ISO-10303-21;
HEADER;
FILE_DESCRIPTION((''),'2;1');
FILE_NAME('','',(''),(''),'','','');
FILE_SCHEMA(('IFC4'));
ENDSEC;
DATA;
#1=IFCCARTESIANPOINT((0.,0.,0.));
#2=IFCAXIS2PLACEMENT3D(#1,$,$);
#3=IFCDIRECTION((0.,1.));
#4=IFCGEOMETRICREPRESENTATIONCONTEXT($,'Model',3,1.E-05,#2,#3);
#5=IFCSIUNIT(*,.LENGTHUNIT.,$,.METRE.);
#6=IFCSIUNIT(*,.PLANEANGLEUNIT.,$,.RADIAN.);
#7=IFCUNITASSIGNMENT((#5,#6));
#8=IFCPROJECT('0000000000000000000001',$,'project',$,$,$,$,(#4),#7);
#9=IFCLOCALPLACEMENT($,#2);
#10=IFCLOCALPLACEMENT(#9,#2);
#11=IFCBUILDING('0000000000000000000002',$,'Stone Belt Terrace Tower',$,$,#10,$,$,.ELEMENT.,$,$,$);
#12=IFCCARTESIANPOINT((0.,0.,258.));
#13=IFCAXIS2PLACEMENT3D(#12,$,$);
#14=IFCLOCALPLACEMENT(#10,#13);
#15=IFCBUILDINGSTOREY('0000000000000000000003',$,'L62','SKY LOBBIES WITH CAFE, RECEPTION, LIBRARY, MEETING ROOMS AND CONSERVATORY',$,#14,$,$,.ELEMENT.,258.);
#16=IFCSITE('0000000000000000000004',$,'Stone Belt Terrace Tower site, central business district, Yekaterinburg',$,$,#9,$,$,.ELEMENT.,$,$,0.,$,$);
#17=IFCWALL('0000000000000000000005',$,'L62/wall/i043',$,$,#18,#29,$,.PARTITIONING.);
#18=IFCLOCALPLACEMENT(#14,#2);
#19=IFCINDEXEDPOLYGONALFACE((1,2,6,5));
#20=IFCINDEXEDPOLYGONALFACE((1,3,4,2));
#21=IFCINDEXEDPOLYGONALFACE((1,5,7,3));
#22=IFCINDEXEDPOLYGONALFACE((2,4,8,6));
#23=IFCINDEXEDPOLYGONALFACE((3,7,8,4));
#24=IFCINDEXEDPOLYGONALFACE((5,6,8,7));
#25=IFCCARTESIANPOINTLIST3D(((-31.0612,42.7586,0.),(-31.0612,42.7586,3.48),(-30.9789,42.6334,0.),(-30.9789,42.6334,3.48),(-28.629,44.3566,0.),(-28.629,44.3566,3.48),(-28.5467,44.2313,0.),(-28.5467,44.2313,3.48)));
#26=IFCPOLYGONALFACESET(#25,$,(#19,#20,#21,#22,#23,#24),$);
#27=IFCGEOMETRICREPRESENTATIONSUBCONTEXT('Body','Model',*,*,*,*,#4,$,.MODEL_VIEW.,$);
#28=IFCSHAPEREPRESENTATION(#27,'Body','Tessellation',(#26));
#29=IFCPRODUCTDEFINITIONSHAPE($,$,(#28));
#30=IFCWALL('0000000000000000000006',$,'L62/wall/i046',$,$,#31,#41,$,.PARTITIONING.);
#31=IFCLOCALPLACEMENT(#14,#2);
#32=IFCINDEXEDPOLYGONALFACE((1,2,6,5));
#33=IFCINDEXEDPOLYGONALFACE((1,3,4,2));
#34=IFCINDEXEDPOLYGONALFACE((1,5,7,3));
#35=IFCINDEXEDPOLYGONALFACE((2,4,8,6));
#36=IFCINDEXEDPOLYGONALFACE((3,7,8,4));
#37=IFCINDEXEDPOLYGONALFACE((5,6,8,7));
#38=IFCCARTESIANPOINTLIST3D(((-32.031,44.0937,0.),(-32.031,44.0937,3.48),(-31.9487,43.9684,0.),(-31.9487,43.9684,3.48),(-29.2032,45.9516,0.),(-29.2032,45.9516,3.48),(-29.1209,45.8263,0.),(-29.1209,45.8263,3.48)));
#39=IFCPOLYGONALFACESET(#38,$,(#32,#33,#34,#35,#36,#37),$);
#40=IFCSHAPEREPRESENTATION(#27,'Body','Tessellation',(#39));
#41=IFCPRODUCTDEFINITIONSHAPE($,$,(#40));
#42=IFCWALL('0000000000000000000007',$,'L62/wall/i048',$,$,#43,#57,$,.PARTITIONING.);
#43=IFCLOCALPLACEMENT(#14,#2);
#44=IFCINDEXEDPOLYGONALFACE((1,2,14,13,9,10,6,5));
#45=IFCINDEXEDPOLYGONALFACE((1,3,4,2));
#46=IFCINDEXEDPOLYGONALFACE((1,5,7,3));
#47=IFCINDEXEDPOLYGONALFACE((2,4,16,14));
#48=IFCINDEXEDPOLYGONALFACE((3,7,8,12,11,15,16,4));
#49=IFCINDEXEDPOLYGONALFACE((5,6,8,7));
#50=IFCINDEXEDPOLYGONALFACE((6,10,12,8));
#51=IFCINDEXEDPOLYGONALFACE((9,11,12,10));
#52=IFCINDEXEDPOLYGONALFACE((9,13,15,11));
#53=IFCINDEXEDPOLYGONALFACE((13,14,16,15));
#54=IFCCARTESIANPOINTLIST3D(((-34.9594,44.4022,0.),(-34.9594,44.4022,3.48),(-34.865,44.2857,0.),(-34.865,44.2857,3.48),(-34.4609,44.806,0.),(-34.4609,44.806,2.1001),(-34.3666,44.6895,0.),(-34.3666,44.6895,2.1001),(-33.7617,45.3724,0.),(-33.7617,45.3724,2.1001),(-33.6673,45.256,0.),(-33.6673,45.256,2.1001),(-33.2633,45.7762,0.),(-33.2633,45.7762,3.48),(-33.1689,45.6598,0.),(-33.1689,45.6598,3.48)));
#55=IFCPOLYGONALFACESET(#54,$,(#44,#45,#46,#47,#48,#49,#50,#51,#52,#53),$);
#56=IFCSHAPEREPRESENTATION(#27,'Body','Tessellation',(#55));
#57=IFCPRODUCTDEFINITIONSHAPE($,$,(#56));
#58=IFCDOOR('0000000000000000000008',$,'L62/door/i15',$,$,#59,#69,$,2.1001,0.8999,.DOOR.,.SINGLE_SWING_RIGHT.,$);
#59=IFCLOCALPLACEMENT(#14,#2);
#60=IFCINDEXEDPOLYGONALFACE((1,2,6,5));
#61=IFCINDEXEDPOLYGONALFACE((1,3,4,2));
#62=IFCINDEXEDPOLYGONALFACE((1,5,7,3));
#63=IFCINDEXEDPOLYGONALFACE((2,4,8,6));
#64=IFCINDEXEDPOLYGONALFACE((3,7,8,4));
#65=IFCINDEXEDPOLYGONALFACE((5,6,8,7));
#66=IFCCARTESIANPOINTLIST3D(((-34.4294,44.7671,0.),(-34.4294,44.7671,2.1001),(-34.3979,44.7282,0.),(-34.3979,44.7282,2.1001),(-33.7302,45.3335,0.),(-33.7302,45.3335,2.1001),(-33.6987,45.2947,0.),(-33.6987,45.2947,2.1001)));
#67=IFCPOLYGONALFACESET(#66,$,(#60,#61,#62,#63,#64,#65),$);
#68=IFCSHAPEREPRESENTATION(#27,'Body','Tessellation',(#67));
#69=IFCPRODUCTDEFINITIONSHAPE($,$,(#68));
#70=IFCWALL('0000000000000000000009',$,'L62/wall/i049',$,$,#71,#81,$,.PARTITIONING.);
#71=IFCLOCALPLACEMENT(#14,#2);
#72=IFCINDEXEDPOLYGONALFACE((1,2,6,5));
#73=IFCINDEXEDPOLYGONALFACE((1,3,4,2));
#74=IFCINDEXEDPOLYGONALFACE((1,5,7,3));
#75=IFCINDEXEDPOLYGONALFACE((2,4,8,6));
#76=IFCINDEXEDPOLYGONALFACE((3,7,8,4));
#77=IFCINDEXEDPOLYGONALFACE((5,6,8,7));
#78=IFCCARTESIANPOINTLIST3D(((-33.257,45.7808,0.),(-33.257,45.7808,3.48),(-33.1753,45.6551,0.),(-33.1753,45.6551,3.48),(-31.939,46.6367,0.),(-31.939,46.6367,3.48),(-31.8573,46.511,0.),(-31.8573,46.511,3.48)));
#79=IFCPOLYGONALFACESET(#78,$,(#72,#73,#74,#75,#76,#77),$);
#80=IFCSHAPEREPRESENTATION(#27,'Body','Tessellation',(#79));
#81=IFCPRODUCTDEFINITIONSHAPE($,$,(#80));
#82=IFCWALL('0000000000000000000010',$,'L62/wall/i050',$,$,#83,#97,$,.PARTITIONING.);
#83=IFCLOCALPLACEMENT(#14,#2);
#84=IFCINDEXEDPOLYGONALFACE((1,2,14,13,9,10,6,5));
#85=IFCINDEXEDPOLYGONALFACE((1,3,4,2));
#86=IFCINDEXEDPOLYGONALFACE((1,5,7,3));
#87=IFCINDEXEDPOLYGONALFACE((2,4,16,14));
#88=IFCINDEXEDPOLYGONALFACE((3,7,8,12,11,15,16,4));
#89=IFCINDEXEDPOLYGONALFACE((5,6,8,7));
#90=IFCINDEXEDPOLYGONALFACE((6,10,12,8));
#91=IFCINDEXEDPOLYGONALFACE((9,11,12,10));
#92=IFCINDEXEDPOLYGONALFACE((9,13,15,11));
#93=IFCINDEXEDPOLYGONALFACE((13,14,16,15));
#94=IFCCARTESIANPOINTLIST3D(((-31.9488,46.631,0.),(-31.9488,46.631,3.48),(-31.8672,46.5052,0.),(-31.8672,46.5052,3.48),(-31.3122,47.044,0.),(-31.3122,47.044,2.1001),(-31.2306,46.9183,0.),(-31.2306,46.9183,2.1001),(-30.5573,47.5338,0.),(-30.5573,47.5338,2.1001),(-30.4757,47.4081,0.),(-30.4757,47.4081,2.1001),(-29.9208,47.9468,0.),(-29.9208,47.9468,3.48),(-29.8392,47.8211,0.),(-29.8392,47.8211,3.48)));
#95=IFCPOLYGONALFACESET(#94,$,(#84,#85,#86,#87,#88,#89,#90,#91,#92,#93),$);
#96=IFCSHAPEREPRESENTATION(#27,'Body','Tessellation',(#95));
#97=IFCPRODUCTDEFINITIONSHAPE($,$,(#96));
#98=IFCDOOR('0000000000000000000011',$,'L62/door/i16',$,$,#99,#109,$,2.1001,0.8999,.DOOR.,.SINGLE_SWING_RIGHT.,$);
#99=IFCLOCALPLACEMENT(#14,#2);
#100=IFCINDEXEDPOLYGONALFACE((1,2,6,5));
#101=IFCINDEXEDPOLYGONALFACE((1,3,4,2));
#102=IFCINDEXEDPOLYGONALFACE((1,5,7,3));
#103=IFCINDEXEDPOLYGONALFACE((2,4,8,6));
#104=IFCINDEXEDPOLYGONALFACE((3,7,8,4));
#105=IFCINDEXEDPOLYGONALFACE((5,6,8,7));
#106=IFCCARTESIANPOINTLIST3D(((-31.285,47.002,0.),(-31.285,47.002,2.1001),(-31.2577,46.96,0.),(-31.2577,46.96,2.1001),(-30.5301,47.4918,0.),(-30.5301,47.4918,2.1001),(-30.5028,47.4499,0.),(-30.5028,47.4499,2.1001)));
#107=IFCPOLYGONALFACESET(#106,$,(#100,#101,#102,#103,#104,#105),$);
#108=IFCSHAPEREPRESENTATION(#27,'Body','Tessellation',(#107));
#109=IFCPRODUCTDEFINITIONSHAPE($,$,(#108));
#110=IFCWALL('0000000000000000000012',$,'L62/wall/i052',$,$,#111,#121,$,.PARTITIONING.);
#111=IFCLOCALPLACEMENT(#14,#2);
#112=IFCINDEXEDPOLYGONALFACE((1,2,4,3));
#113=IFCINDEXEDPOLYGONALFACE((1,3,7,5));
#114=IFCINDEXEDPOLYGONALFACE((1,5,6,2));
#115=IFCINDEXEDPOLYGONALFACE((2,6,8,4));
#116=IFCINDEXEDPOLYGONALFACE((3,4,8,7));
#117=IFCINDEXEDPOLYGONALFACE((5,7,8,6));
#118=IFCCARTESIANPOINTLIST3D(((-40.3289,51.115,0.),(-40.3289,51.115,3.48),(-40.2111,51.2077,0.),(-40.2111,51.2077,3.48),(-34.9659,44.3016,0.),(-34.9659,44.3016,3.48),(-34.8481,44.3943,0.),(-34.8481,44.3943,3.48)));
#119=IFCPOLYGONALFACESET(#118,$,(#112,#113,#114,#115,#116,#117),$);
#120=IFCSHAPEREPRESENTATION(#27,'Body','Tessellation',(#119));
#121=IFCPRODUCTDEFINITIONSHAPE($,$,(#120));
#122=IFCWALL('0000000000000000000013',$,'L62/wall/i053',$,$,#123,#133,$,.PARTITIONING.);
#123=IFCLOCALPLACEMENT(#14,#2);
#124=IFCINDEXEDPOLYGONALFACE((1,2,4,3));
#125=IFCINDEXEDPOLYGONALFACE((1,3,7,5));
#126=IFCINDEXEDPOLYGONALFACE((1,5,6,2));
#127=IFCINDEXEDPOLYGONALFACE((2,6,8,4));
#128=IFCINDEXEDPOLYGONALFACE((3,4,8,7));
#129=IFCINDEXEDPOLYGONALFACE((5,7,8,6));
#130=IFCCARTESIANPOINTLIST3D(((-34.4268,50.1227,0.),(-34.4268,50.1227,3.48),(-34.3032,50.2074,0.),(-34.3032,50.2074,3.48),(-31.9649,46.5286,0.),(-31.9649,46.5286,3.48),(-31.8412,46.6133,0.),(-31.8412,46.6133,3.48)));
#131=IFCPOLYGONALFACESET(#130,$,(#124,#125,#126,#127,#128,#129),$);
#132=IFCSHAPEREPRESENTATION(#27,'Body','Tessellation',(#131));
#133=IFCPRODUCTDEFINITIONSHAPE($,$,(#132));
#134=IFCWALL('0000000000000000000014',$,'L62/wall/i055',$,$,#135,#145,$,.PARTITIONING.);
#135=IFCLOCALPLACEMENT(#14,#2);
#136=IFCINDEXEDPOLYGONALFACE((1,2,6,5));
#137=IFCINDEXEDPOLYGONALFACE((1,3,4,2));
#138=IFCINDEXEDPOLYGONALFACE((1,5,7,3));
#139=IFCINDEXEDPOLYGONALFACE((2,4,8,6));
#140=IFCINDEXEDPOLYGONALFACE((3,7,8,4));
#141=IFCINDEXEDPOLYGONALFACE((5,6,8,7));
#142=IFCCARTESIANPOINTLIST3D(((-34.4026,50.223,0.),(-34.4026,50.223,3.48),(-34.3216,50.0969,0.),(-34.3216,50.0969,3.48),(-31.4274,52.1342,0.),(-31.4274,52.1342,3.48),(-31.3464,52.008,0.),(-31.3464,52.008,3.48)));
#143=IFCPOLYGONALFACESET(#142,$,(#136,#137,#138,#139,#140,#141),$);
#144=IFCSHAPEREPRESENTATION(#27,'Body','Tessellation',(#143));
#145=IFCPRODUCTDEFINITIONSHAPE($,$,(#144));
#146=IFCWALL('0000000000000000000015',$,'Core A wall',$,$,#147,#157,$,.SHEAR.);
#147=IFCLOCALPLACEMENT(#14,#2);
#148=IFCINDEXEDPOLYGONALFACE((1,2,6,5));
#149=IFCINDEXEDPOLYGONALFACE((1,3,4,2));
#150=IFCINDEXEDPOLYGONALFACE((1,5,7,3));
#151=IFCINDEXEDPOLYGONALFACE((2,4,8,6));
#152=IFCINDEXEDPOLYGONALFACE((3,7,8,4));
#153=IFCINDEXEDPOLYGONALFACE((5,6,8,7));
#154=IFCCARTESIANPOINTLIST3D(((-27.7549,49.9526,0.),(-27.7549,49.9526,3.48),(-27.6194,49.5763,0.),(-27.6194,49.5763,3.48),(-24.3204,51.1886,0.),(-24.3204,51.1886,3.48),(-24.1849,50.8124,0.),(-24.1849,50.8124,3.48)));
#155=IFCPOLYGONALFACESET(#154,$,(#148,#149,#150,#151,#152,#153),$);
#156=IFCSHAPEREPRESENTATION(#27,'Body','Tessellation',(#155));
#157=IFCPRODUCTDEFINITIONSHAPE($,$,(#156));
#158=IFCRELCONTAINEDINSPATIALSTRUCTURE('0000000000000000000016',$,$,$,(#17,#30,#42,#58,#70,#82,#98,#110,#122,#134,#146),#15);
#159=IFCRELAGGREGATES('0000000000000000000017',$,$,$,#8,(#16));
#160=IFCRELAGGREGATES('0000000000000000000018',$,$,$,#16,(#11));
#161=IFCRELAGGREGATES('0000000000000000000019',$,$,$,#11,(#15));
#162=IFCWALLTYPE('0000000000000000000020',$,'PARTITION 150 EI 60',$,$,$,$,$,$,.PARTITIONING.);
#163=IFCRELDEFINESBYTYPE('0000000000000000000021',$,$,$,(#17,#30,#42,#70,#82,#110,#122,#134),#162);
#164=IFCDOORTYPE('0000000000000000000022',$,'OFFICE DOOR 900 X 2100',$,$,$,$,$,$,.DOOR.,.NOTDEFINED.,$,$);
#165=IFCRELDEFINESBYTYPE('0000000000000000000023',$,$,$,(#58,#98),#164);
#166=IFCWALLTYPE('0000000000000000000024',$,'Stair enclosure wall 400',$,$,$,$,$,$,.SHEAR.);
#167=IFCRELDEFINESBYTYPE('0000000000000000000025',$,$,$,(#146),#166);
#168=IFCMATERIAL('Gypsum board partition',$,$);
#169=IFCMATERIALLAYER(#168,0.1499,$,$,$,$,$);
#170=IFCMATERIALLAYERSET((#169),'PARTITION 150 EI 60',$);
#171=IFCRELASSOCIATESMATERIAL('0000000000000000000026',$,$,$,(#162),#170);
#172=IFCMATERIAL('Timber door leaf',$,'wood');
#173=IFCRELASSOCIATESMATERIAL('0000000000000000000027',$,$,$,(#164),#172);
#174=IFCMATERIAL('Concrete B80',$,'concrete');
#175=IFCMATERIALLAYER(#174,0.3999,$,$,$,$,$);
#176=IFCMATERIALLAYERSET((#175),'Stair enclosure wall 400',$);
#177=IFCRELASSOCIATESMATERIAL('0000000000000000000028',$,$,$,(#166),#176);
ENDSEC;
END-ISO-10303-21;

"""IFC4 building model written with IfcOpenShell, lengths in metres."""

from ifc_helpers import new_model, si_unit, direction, frame, frame_2d, origin, place, context, subcontext, project, spatial, rectangle, extrude, material, layer, layer_set, type_object, element, fill, save


model = new_model("IFC4")

# Units and contexts
model_context = context("Model", 3, precision=1e-05, world=origin(), true_north=direction((0.0, 1.0)))
body_context = subcontext(model_context, "Body", "Model", "MODEL_VIEW")
ifc_project = project(units=[si_unit("LENGTHUNIT", "METRE"), si_unit("PLANEANGLEUNIT", "RADIAN")], contexts=[model_context])

# Site, building, storey
site_placement = place(None, origin())
site = spatial("IfcSite", under=ifc_project, at=site_placement, Name="Stone Belt Terrace Tower site, central business district, Yekaterinburg", CompositionType="ELEMENT", RefElevation=0.0)
building_placement = place(site_placement, origin())
building = spatial("IfcBuilding", under=site, at=building_placement, Name="Stone Belt Terrace Tower", CompositionType="ELEMENT")
storey_placement = place(building_placement, frame((0.0, 0.0, 258.0)))
storey = spatial("IfcBuildingStorey", under=building, at=storey_placement, Name="L62", Description="SKY LOBBIES WITH CAFE, RECEPTION, LIBRARY, MEETING ROOMS AND CONSERVATORY", CompositionType="ELEMENT", Elevation=258.0)

# Shared definitions
ifc_material_1 = material(Name="Timber door leaf", Category="wood")

# Walls
ifc_material_2 = material(Name="Gypsum board partition")
ifc_layer_1 = layer(ifc_material_2, 0.1499)
ifc_layer_set_1 = layer_set([ifc_layer_1], Name="PARTITION 150 EI 60")
wall_type_1 = type_object("IfcWallType", Name="PARTITION 150 EI 60", PredefinedType="PARTITIONING", material=ifc_layer_set_1)
wall_1_placement = place(storey_placement, frame((-28.5879, 44.2939, 0.0), z_axis=(0.0, 0.0, 1.0), x_axis=(-0.835762, -0.549093, 0.0)))
element("IfcWall", 1, at=wall_1_placement, inside=storey, type_object=wall_type_1, Name="L62/wall/i043", PredefinedType="PARTITIONING", context=body_context, shape_type="SweptSolid", body=[
    extrude(rectangle(XDim=2.9102, YDim=0.1499, at=frame_2d((1.4551, 0.0))), origin(), (0.0, 0.0, 1.0), 3.48),
])
wall_2_placement = place(storey_placement, frame((-31.99, 44.031, 0.0), z_axis=(0.0, 0.0, 1.0), x_axis=(0.835761, 0.549093, 0.0)))
element("IfcWall", 2, at=wall_2_placement, inside=storey, type_object=wall_type_1, Name="L62/wall/i046", PredefinedType="PARTITIONING", context=body_context, shape_type="SweptSolid", body=[
    extrude(rectangle(XDim=3.3835, YDim=0.1499, at=frame_2d((1.6919, 0.0))), origin(), (0.0, 0.0, 1.0), 3.48),
])

# Wall, opening, door
wall_3_placement = place(storey_placement, frame((-34.9121, 44.344, 0.0), z_axis=(0.0, 0.0, 1.0), x_axis=(0.777013, 0.629485, 0.0)))
wall_3 = element("IfcWall", 3, at=wall_3_placement, inside=storey, type_object=wall_type_1, Name="L62/wall/i048", PredefinedType="PARTITIONING", context=body_context, shape_type="SweptSolid", body=[
    extrude(rectangle(XDim=2.1829, YDim=0.1499, at=frame_2d((1.0913, 0.0))), origin(), (0.0, 0.0, 1.0), 3.48),
])
opening_1_placement = place(wall_3_placement, frame((0.6414, 0.0, 0.0)))
opening_1 = element("IfcOpeningElement", 4, at=opening_1_placement, cuts=wall_3, PredefinedType="OPENING", context=body_context, shape_type="SweptSolid", body=[
    extrude(rectangle(XDim=0.8999, YDim=2.1001, at=frame_2d((0.45, 1.05))), frame((0.0, 0.085, 0.0), z_axis=(0.0, -1.0, 0.0), x_axis=(1.0, 0.0, 0.0)), (0.0, 0.0, 1.0), 0.1699),
])
door_type_1 = type_object("IfcDoorType", Name="OFFICE DOOR 900 X 2100", OperationType="NOTDEFINED", PredefinedType="DOOR", material=ifc_material_1)
door_1_placement = place(opening_1_placement, origin())
door_1 = element("IfcDoor", 5, at=door_1_placement, inside=storey, type_object=door_type_1, Name="L62/door/i15", OperationType="SINGLE_SWING_RIGHT", OverallHeight=2.1001, OverallWidth=0.8999, PredefinedType="DOOR", context=body_context, shape_type="SweptSolid", body=[
    extrude(rectangle(XDim=0.8999, YDim=2.1001, at=frame_2d((0.45, 1.05))), frame((0.0, 0.0249, 0.0), z_axis=(0.0, -1.0, 0.0), x_axis=(1.0, 0.0, 0.0)), (0.0, 0.0, 1.0), 0.05),
])
fill(opening_1, door_1)

# Wall
wall_4_placement = place(storey_placement, frame((-33.2161, 45.718, 0.0), z_axis=(0.0, 0.0, 1.0), x_axis=(0.838681, 0.544622, 0.0)))
element("IfcWall", 6, at=wall_4_placement, inside=storey, type_object=wall_type_1, Name="L62/wall/i049", PredefinedType="PARTITIONING", context=body_context, shape_type="SweptSolid", body=[
    extrude(rectangle(XDim=1.5715, YDim=0.1499, at=frame_2d((0.7856, 0.0))), origin(), (0.0, 0.0, 1.0), 3.48),
])

# Wall, opening, door
wall_5_placement = place(storey_placement, frame((-31.908, 46.5681, 0.0), z_axis=(0.0, 0.0, 1.0), x_axis=(0.838884, 0.54431, 0.0)))
wall_5 = element("IfcWall", 7, at=wall_5_placement, inside=storey, type_object=wall_type_1, Name="L62/wall/i050", PredefinedType="PARTITIONING", context=body_context, shape_type="SweptSolid", body=[
    extrude(rectangle(XDim=2.4175, YDim=0.1499, at=frame_2d((1.2087, 0.0))), origin(), (0.0, 0.0, 1.0), 3.48),
])
opening_2_placement = place(wall_5_placement, frame((0.7588, 0.0, 0.0)))
opening_2 = element("IfcOpeningElement", 8, at=opening_2_placement, cuts=wall_5, PredefinedType="OPENING", context=body_context, shape_type="SweptSolid", body=[
    extrude(rectangle(XDim=0.8999, YDim=2.1001, at=frame_2d((0.45, 1.05))), frame((0.0, 0.085, 0.0), z_axis=(0.0, -1.0, 0.0), x_axis=(1.0, 0.0, 0.0)), (0.0, 0.0, 1.0), 0.1699),
])
door_2_placement = place(opening_2_placement, origin())
door_2 = element("IfcDoor", 9, at=door_2_placement, inside=storey, type_object=door_type_1, Name="L62/door/i16", OperationType="SINGLE_SWING_RIGHT", OverallHeight=2.1001, OverallWidth=0.8999, PredefinedType="DOOR", context=body_context, shape_type="SweptSolid", body=[
    extrude(rectangle(XDim=0.8999, YDim=2.1001, at=frame_2d((0.45, 1.05))), frame((0.0, 0.0249, 0.0), z_axis=(0.0, -1.0, 0.0), x_axis=(1.0, 0.0, 0.0)), (0.0, 0.0, 1.0), 0.05),
])
fill(opening_2, door_2)

# Walls
wall_6_placement = place(storey_placement, frame((-40.27, 51.1614, 0.0), z_axis=(0.0, 0.0, 1.0), x_axis=(0.618505, -0.785781, 0.0)))
element("IfcWall", 10, at=wall_6_placement, inside=storey, type_object=wall_type_1, Name="L62/wall/i052", PredefinedType="PARTITIONING", context=body_context, shape_type="SweptSolid", body=[
    extrude(rectangle(XDim=8.6709, YDim=0.1499, at=frame_2d((4.3354, 0.0))), origin(), (0.0, 0.0, 1.0), 3.48),
])
wall_7_placement = place(storey_placement, frame((-34.365, 50.165, 0.0), z_axis=(0.0, 0.0, 1.0), x_axis=(0.565132, -0.825001, 0.0)))
element("IfcWall", 11, at=wall_7_placement, inside=storey, type_object=wall_type_1, Name="L62/wall/i053", PredefinedType="PARTITIONING", context=body_context, shape_type="SweptSolid", body=[
    extrude(rectangle(XDim=4.3564, YDim=0.1499, at=frame_2d((2.1782, 0.0))), origin(), (0.0, 0.0, 1.0), 3.48),
])
wall_8_placement = place(storey_placement, frame((-34.3621, 50.1599, 0.0), z_axis=(0.0, 0.0, 1.0), x_axis=(0.841362, 0.540471, 0.0)))
element("IfcWall", 12, at=wall_8_placement, inside=storey, type_object=wall_type_1, Name="L62/wall/i055", PredefinedType="PARTITIONING", context=body_context, shape_type="SweptSolid", body=[
    extrude(rectangle(XDim=3.5361, YDim=0.1499, at=frame_2d((1.7681, 0.0))), origin(), (0.0, 0.0, 1.0), 3.48),
])
ifc_material_3 = material(Name="Concrete B80", Category="concrete")
ifc_layer_2 = layer(ifc_material_3, 0.3999)
ifc_layer_set_2 = layer_set([ifc_layer_2], Name="Stair enclosure wall 400")
wall_type_2 = type_object("IfcWallType", Name="Stair enclosure wall 400", PredefinedType="SHEAR", material=ifc_layer_set_2)
wall_9_placement = place(storey_placement, frame((-27.6873, 49.7644, 0.0), z_axis=(0.0, 0.0, 1.0), x_axis=(0.940919, 0.338632, 0.0)))
element("IfcWall", 13, at=wall_9_placement, inside=storey, type_object=wall_type_2, Name="Core A wall", PredefinedType="SHEAR", context=body_context, shape_type="SweptSolid", body=[
    extrude(rectangle(XDim=3.6501, YDim=0.3999, at=frame_2d((1.8252, 0.0))), origin(), (0.0, 0.0, 1.0), 3.48),
])

save(model, "model.ifc")
